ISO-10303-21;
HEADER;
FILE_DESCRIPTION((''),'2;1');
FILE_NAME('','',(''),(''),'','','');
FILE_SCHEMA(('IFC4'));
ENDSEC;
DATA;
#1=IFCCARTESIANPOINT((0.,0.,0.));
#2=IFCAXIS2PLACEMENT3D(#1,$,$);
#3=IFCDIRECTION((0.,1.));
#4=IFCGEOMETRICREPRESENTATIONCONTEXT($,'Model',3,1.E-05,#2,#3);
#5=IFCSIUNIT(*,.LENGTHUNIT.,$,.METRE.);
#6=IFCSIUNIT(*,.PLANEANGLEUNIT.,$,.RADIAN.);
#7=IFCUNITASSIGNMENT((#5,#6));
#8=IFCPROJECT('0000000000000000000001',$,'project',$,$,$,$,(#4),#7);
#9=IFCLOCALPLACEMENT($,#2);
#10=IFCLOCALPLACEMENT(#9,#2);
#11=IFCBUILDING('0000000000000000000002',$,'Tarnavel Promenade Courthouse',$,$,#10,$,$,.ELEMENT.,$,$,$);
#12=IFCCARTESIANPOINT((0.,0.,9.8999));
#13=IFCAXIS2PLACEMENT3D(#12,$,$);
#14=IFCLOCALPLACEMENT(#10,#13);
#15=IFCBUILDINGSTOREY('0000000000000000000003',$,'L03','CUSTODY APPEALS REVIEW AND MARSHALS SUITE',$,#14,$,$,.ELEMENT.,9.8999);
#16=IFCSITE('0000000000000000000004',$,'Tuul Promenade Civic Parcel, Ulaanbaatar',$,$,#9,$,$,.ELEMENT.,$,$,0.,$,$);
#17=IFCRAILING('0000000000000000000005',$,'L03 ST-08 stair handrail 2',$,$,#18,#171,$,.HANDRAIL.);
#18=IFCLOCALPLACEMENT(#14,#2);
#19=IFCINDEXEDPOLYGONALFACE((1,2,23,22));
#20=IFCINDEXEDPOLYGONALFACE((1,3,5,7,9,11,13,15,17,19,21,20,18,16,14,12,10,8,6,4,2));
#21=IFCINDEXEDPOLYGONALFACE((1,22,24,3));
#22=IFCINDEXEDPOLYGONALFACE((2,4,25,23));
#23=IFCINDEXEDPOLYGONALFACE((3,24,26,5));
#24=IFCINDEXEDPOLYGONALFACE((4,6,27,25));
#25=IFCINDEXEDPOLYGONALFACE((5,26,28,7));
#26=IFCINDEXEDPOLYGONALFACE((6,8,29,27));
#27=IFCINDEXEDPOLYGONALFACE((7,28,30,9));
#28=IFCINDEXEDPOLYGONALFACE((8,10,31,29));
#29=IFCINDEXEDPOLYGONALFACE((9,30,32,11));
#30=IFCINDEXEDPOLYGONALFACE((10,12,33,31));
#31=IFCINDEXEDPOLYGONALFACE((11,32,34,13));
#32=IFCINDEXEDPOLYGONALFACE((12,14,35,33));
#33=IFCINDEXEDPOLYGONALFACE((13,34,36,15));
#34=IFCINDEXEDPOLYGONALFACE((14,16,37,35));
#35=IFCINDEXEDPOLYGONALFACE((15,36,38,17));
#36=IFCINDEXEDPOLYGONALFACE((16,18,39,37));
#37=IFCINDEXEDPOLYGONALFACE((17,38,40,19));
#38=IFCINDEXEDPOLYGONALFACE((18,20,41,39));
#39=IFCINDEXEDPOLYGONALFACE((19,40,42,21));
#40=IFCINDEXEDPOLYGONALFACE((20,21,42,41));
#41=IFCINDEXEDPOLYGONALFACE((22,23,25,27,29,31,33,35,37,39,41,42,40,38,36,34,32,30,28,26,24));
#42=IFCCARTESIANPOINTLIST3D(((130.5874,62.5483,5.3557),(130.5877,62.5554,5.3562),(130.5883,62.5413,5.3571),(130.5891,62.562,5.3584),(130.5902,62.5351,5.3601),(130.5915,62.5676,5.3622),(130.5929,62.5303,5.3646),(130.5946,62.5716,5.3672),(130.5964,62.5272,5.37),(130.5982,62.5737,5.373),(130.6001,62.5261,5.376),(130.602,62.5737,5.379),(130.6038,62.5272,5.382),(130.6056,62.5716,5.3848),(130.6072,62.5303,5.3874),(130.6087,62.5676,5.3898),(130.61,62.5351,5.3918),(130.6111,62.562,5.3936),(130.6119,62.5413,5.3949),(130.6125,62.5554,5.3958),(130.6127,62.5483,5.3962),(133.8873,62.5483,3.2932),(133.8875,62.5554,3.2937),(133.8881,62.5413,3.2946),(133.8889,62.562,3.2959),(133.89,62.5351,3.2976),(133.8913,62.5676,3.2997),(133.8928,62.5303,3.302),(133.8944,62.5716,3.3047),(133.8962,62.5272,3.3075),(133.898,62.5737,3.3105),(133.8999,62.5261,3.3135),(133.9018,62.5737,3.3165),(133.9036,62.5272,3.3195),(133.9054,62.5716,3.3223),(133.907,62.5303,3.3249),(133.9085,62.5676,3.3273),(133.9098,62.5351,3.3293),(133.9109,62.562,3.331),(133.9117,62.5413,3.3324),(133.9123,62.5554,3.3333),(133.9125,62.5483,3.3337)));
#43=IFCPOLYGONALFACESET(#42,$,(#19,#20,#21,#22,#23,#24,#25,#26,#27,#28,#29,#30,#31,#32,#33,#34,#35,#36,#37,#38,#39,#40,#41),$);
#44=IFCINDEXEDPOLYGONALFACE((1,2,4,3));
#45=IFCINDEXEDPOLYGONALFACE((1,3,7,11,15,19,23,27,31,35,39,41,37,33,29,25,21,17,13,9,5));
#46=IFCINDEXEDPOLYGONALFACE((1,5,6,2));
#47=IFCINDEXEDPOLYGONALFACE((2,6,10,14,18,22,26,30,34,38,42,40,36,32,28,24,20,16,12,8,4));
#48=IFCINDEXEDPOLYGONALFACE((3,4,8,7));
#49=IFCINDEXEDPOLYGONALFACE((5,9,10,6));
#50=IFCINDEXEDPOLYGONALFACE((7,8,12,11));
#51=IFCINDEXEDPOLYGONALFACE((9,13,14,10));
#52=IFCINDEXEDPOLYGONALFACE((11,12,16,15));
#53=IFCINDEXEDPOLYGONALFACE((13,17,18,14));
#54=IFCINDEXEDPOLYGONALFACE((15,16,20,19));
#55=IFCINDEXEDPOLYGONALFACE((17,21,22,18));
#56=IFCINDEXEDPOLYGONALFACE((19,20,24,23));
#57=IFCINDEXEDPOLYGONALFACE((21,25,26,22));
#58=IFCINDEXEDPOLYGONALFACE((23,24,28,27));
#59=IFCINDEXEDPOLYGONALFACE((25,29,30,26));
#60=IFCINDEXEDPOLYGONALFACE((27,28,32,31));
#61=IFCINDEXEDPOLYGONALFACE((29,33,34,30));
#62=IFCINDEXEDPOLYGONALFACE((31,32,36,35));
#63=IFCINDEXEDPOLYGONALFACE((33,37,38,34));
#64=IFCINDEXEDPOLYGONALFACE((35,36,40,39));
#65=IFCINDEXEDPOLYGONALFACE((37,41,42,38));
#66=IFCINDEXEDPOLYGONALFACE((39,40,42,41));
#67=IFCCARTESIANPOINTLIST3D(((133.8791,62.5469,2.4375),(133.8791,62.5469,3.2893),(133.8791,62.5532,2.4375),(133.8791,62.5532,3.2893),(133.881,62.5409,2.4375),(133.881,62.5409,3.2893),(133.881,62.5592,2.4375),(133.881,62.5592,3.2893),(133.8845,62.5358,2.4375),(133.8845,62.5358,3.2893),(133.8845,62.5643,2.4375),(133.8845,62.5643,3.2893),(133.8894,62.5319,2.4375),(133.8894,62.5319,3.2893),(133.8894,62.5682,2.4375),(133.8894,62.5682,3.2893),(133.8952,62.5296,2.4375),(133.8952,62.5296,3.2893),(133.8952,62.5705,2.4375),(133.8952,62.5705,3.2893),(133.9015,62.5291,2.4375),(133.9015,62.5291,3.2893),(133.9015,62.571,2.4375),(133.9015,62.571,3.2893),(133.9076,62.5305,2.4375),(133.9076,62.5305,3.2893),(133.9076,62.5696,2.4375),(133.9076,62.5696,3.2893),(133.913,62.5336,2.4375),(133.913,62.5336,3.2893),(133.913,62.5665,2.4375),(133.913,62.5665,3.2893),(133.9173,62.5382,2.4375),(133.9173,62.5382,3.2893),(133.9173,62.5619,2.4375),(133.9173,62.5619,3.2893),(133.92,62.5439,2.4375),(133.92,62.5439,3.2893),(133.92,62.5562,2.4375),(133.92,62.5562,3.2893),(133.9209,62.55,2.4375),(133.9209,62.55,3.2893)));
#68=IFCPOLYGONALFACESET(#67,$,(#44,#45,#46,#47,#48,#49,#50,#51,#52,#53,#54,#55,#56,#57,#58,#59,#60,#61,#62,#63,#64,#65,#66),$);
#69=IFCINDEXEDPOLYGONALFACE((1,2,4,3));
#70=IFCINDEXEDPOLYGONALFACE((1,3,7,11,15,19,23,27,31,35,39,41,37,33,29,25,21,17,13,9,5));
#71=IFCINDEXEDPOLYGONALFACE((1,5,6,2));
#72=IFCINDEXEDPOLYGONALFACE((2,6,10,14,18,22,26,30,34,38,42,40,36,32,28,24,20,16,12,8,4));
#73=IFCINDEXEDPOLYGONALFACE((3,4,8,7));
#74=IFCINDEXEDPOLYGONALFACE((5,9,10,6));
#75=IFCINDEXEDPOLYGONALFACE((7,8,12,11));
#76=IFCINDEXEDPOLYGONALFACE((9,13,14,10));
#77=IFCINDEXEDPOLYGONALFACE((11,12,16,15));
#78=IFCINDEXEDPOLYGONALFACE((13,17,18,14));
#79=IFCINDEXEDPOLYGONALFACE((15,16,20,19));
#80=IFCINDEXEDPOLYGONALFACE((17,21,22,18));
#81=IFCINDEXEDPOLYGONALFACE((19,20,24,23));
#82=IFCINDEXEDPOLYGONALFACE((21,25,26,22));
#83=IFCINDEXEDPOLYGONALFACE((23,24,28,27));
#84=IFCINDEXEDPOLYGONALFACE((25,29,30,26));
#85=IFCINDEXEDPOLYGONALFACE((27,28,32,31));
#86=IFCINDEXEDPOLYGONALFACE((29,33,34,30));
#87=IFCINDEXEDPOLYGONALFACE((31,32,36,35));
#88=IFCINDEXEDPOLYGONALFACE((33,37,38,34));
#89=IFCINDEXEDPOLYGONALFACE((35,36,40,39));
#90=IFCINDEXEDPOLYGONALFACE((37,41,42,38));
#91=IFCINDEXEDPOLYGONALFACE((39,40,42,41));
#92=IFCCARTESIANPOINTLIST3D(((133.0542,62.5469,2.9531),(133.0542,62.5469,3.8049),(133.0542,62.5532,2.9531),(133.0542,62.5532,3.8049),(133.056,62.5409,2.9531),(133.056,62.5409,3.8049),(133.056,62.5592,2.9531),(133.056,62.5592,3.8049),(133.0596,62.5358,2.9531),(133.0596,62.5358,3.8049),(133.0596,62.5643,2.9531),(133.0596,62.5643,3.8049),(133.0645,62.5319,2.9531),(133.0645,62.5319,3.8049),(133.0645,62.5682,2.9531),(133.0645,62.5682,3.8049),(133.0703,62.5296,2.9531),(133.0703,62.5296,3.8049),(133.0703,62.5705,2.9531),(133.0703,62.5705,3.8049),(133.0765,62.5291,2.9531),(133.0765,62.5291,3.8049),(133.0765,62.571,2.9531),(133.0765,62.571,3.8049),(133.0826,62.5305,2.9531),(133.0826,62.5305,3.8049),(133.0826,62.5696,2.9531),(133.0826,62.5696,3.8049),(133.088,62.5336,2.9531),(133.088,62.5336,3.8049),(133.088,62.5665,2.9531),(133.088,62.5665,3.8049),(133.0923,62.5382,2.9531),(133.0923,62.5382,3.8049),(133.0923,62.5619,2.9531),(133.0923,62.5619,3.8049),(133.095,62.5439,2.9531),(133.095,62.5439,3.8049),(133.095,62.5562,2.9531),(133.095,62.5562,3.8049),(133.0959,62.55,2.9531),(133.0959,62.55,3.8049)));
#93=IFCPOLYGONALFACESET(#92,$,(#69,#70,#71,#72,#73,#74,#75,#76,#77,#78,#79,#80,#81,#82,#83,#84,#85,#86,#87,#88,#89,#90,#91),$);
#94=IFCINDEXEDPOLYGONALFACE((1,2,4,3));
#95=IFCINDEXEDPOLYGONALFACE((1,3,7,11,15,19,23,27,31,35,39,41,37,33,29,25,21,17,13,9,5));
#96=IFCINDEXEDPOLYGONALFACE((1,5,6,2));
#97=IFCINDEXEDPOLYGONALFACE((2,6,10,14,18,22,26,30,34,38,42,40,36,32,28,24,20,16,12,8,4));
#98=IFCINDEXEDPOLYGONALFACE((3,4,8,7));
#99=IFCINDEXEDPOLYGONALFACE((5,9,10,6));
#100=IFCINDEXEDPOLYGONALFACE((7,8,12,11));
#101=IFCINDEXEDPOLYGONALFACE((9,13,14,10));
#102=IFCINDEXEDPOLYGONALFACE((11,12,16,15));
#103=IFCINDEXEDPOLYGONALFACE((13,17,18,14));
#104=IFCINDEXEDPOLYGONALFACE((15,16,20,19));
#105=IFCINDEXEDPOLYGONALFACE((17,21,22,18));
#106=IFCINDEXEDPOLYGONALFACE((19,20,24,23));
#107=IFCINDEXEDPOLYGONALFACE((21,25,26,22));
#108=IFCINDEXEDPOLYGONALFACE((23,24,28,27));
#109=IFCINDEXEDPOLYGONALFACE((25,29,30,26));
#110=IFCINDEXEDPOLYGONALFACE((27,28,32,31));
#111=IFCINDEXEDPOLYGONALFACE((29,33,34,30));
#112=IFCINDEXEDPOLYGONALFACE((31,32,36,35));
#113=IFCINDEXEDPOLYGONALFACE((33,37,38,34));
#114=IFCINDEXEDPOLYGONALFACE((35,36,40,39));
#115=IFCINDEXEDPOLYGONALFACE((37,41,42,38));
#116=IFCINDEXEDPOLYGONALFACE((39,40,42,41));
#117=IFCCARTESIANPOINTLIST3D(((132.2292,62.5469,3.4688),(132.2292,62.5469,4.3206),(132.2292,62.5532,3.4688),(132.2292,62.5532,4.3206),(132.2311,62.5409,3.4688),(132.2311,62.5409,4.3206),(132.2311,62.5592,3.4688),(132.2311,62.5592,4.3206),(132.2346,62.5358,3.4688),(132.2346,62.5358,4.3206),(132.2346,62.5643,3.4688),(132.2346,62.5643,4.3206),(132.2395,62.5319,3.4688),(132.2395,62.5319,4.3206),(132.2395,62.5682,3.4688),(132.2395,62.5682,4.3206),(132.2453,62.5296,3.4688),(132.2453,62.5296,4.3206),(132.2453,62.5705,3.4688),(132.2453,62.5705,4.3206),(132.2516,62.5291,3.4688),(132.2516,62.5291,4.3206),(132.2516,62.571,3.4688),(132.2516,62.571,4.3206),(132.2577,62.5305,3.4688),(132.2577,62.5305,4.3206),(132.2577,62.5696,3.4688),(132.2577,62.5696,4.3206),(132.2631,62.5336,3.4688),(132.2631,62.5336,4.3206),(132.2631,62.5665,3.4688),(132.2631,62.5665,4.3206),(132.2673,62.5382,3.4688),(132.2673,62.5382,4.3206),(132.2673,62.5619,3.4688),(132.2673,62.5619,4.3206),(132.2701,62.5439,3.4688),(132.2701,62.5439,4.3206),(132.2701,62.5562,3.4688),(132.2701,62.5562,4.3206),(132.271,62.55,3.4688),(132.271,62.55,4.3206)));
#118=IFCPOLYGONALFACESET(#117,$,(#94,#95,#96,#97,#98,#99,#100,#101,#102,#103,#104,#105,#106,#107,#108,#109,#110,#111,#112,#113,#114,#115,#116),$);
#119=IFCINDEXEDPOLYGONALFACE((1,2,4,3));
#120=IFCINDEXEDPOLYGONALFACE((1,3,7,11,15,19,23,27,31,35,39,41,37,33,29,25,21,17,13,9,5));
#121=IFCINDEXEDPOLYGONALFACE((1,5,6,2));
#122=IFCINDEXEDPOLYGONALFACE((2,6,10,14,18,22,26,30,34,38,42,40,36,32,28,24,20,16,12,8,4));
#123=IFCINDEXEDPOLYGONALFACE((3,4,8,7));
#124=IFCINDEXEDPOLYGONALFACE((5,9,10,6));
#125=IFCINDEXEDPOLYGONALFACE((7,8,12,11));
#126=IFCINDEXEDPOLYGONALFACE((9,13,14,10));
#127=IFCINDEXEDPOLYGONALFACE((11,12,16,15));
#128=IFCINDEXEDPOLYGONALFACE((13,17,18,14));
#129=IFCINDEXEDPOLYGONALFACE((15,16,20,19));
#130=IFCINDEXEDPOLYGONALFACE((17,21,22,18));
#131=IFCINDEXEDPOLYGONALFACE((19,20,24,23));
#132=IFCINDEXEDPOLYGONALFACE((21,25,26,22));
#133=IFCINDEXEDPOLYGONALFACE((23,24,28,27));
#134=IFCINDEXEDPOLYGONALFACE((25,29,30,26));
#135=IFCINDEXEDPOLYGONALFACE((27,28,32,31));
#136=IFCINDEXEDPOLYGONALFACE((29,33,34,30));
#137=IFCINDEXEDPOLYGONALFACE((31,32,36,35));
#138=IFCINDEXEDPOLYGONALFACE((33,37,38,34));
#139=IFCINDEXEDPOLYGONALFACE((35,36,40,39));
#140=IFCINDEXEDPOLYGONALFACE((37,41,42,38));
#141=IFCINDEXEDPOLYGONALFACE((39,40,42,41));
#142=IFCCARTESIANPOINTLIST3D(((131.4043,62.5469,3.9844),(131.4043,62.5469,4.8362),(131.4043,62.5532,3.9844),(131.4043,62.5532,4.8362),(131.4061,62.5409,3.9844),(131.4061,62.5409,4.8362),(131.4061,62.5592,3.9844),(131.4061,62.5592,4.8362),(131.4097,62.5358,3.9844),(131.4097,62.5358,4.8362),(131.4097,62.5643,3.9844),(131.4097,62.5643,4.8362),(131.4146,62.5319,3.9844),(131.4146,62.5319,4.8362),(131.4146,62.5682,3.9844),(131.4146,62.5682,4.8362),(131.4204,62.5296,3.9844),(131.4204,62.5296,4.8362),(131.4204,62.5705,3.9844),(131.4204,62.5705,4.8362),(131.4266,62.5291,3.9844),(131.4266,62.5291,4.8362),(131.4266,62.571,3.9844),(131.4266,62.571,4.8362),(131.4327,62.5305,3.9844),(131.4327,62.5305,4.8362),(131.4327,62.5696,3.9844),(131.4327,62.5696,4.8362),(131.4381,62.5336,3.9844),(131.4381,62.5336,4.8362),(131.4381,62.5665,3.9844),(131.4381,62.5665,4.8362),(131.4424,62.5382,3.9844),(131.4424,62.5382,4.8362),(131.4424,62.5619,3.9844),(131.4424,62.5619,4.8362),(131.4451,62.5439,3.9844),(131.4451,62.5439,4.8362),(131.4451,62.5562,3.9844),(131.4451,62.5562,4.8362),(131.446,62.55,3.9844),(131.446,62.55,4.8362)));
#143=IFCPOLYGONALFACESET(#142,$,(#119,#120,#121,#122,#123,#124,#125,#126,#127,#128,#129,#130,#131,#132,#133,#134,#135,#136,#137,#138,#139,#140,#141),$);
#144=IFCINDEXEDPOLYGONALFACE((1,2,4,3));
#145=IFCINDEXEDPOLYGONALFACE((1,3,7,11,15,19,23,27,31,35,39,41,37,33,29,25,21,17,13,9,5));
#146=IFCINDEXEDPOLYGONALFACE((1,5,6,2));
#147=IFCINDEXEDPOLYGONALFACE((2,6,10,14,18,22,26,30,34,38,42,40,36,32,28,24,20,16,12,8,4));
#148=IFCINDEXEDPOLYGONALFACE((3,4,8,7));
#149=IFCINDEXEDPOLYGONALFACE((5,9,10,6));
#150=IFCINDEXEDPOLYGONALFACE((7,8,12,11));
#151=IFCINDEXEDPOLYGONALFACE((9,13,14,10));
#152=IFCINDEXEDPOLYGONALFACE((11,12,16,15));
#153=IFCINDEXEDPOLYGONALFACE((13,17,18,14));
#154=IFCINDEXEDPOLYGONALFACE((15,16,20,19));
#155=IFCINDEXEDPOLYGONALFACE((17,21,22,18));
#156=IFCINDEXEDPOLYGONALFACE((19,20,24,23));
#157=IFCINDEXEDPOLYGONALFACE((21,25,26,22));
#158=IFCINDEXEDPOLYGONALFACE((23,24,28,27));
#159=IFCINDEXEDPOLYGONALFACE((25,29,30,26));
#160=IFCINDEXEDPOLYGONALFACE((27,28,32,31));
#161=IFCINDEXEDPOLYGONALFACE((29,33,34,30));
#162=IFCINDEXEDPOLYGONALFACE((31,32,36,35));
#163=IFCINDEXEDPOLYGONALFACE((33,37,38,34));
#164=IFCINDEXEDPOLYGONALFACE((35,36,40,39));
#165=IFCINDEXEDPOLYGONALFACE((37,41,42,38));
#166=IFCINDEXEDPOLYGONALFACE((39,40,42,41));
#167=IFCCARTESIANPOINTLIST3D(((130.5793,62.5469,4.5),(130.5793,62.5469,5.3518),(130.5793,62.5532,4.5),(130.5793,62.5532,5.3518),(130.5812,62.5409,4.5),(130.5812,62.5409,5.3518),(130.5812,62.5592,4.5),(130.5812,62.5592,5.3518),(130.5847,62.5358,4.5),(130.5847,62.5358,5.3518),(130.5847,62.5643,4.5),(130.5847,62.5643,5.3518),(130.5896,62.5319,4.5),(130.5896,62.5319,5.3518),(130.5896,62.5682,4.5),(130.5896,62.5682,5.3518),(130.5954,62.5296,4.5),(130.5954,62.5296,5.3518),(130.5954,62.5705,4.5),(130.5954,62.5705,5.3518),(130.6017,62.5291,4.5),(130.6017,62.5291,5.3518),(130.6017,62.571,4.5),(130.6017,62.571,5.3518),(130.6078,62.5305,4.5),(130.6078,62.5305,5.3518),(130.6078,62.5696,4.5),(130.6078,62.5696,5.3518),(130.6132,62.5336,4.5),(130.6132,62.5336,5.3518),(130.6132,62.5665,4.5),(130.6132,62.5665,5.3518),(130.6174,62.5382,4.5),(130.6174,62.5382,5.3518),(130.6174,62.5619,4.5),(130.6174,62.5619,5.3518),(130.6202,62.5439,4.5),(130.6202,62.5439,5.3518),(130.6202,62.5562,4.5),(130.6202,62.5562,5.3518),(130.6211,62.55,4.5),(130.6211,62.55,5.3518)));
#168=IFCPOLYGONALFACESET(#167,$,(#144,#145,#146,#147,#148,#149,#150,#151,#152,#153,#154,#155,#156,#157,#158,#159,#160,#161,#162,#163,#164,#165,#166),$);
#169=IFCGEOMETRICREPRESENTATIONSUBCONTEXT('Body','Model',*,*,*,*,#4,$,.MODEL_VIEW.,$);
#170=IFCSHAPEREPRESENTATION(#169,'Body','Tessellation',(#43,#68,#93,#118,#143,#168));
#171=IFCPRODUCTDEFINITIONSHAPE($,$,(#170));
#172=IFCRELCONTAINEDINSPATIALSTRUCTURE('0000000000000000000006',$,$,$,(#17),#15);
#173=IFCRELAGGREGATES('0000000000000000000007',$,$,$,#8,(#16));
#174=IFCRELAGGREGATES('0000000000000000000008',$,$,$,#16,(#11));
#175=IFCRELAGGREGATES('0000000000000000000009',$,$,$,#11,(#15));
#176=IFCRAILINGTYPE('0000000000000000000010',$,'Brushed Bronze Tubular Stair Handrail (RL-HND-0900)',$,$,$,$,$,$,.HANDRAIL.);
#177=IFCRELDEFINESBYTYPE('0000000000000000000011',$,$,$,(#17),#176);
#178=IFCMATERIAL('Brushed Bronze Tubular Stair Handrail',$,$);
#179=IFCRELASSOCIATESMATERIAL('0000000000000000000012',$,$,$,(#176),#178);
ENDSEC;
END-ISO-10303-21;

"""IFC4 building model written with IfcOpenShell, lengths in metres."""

from ifc_helpers import new_model, si_unit, direction, frame, origin, origin_2d, place, context, subcontext, project, spatial, circle, extrude, material, type_object, element, save


model = new_model("IFC4")

# Units and contexts
model_context = context("Model", 3, precision=1e-05, world=origin(), true_north=direction((0.0, 1.0)))
body_context = subcontext(model_context, "Body", "Model", "MODEL_VIEW")
ifc_project = project(units=[si_unit("LENGTHUNIT", "METRE"), si_unit("PLANEANGLEUNIT", "RADIAN")], contexts=[model_context])

# Site, building, storey
site_placement = place(None, origin())
site = spatial("IfcSite", under=ifc_project, at=site_placement, Name="Tuul Promenade Civic Parcel, Ulaanbaatar", CompositionType="ELEMENT", RefElevation=0.0)
building_placement = place(site_placement, origin())
building = spatial("IfcBuilding", under=site, at=building_placement, Name="Tarnavel Promenade Courthouse", CompositionType="ELEMENT")
storey_placement = place(building_placement, frame((0.0, 0.0, 9.8999)))
storey = spatial("IfcBuildingStorey", under=building, at=storey_placement, Name="L03", Description="CUSTODY APPEALS REVIEW AND MARSHALS SUITE", CompositionType="ELEMENT", Elevation=9.8999)

# Railing
ifc_material_1 = material(Name="Brushed Bronze Tubular Stair Handrail")
railing_type_1 = type_object("IfcRailingType", Name="Brushed Bronze Tubular Stair Handrail (RL-HND-0900)", PredefinedType="HANDRAIL", material=ifc_material_1)
railing_1_placement = place(storey_placement, frame((133.8999, 62.55, 2.4375)))
element("IfcRailing", 1, at=railing_1_placement, inside=storey, type_object=railing_type_1, Name="L03 ST-08 stair handrail 2", PredefinedType="HANDRAIL", context=body_context, shape_type="SweptSolid", body=[
    extrude(circle(Radius=0.0239, at=origin_2d()), frame((0.0, 0.0, 0.876), z_axis=(-0.847984, 0.0, 0.530021), x_axis=(0.0, -1.0, 0.0)), (0.0, 0.0, 1.0), 3.8914),
    extrude(circle(Radius=0.021, at=origin_2d()), origin(), (0.0, 0.0, 1.0), 0.8518),
    extrude(circle(Radius=0.021, at=origin_2d()), frame((-0.825, 0.0, 0.5156)), (0.0, 0.0, 1.0), 0.8518),
    extrude(circle(Radius=0.021, at=origin_2d()), frame((-1.6499, 0.0, 1.0312)), (0.0, 0.0, 1.0), 0.8518),
    extrude(circle(Radius=0.021, at=origin_2d()), frame((-2.4749, 0.0, 1.5469)), (0.0, 0.0, 1.0), 0.8518),
    extrude(circle(Radius=0.021, at=origin_2d()), frame((-3.2998, 0.0, 2.0625)), (0.0, 0.0, 1.0), 0.8518),
])

save(model, "model.ifc")
